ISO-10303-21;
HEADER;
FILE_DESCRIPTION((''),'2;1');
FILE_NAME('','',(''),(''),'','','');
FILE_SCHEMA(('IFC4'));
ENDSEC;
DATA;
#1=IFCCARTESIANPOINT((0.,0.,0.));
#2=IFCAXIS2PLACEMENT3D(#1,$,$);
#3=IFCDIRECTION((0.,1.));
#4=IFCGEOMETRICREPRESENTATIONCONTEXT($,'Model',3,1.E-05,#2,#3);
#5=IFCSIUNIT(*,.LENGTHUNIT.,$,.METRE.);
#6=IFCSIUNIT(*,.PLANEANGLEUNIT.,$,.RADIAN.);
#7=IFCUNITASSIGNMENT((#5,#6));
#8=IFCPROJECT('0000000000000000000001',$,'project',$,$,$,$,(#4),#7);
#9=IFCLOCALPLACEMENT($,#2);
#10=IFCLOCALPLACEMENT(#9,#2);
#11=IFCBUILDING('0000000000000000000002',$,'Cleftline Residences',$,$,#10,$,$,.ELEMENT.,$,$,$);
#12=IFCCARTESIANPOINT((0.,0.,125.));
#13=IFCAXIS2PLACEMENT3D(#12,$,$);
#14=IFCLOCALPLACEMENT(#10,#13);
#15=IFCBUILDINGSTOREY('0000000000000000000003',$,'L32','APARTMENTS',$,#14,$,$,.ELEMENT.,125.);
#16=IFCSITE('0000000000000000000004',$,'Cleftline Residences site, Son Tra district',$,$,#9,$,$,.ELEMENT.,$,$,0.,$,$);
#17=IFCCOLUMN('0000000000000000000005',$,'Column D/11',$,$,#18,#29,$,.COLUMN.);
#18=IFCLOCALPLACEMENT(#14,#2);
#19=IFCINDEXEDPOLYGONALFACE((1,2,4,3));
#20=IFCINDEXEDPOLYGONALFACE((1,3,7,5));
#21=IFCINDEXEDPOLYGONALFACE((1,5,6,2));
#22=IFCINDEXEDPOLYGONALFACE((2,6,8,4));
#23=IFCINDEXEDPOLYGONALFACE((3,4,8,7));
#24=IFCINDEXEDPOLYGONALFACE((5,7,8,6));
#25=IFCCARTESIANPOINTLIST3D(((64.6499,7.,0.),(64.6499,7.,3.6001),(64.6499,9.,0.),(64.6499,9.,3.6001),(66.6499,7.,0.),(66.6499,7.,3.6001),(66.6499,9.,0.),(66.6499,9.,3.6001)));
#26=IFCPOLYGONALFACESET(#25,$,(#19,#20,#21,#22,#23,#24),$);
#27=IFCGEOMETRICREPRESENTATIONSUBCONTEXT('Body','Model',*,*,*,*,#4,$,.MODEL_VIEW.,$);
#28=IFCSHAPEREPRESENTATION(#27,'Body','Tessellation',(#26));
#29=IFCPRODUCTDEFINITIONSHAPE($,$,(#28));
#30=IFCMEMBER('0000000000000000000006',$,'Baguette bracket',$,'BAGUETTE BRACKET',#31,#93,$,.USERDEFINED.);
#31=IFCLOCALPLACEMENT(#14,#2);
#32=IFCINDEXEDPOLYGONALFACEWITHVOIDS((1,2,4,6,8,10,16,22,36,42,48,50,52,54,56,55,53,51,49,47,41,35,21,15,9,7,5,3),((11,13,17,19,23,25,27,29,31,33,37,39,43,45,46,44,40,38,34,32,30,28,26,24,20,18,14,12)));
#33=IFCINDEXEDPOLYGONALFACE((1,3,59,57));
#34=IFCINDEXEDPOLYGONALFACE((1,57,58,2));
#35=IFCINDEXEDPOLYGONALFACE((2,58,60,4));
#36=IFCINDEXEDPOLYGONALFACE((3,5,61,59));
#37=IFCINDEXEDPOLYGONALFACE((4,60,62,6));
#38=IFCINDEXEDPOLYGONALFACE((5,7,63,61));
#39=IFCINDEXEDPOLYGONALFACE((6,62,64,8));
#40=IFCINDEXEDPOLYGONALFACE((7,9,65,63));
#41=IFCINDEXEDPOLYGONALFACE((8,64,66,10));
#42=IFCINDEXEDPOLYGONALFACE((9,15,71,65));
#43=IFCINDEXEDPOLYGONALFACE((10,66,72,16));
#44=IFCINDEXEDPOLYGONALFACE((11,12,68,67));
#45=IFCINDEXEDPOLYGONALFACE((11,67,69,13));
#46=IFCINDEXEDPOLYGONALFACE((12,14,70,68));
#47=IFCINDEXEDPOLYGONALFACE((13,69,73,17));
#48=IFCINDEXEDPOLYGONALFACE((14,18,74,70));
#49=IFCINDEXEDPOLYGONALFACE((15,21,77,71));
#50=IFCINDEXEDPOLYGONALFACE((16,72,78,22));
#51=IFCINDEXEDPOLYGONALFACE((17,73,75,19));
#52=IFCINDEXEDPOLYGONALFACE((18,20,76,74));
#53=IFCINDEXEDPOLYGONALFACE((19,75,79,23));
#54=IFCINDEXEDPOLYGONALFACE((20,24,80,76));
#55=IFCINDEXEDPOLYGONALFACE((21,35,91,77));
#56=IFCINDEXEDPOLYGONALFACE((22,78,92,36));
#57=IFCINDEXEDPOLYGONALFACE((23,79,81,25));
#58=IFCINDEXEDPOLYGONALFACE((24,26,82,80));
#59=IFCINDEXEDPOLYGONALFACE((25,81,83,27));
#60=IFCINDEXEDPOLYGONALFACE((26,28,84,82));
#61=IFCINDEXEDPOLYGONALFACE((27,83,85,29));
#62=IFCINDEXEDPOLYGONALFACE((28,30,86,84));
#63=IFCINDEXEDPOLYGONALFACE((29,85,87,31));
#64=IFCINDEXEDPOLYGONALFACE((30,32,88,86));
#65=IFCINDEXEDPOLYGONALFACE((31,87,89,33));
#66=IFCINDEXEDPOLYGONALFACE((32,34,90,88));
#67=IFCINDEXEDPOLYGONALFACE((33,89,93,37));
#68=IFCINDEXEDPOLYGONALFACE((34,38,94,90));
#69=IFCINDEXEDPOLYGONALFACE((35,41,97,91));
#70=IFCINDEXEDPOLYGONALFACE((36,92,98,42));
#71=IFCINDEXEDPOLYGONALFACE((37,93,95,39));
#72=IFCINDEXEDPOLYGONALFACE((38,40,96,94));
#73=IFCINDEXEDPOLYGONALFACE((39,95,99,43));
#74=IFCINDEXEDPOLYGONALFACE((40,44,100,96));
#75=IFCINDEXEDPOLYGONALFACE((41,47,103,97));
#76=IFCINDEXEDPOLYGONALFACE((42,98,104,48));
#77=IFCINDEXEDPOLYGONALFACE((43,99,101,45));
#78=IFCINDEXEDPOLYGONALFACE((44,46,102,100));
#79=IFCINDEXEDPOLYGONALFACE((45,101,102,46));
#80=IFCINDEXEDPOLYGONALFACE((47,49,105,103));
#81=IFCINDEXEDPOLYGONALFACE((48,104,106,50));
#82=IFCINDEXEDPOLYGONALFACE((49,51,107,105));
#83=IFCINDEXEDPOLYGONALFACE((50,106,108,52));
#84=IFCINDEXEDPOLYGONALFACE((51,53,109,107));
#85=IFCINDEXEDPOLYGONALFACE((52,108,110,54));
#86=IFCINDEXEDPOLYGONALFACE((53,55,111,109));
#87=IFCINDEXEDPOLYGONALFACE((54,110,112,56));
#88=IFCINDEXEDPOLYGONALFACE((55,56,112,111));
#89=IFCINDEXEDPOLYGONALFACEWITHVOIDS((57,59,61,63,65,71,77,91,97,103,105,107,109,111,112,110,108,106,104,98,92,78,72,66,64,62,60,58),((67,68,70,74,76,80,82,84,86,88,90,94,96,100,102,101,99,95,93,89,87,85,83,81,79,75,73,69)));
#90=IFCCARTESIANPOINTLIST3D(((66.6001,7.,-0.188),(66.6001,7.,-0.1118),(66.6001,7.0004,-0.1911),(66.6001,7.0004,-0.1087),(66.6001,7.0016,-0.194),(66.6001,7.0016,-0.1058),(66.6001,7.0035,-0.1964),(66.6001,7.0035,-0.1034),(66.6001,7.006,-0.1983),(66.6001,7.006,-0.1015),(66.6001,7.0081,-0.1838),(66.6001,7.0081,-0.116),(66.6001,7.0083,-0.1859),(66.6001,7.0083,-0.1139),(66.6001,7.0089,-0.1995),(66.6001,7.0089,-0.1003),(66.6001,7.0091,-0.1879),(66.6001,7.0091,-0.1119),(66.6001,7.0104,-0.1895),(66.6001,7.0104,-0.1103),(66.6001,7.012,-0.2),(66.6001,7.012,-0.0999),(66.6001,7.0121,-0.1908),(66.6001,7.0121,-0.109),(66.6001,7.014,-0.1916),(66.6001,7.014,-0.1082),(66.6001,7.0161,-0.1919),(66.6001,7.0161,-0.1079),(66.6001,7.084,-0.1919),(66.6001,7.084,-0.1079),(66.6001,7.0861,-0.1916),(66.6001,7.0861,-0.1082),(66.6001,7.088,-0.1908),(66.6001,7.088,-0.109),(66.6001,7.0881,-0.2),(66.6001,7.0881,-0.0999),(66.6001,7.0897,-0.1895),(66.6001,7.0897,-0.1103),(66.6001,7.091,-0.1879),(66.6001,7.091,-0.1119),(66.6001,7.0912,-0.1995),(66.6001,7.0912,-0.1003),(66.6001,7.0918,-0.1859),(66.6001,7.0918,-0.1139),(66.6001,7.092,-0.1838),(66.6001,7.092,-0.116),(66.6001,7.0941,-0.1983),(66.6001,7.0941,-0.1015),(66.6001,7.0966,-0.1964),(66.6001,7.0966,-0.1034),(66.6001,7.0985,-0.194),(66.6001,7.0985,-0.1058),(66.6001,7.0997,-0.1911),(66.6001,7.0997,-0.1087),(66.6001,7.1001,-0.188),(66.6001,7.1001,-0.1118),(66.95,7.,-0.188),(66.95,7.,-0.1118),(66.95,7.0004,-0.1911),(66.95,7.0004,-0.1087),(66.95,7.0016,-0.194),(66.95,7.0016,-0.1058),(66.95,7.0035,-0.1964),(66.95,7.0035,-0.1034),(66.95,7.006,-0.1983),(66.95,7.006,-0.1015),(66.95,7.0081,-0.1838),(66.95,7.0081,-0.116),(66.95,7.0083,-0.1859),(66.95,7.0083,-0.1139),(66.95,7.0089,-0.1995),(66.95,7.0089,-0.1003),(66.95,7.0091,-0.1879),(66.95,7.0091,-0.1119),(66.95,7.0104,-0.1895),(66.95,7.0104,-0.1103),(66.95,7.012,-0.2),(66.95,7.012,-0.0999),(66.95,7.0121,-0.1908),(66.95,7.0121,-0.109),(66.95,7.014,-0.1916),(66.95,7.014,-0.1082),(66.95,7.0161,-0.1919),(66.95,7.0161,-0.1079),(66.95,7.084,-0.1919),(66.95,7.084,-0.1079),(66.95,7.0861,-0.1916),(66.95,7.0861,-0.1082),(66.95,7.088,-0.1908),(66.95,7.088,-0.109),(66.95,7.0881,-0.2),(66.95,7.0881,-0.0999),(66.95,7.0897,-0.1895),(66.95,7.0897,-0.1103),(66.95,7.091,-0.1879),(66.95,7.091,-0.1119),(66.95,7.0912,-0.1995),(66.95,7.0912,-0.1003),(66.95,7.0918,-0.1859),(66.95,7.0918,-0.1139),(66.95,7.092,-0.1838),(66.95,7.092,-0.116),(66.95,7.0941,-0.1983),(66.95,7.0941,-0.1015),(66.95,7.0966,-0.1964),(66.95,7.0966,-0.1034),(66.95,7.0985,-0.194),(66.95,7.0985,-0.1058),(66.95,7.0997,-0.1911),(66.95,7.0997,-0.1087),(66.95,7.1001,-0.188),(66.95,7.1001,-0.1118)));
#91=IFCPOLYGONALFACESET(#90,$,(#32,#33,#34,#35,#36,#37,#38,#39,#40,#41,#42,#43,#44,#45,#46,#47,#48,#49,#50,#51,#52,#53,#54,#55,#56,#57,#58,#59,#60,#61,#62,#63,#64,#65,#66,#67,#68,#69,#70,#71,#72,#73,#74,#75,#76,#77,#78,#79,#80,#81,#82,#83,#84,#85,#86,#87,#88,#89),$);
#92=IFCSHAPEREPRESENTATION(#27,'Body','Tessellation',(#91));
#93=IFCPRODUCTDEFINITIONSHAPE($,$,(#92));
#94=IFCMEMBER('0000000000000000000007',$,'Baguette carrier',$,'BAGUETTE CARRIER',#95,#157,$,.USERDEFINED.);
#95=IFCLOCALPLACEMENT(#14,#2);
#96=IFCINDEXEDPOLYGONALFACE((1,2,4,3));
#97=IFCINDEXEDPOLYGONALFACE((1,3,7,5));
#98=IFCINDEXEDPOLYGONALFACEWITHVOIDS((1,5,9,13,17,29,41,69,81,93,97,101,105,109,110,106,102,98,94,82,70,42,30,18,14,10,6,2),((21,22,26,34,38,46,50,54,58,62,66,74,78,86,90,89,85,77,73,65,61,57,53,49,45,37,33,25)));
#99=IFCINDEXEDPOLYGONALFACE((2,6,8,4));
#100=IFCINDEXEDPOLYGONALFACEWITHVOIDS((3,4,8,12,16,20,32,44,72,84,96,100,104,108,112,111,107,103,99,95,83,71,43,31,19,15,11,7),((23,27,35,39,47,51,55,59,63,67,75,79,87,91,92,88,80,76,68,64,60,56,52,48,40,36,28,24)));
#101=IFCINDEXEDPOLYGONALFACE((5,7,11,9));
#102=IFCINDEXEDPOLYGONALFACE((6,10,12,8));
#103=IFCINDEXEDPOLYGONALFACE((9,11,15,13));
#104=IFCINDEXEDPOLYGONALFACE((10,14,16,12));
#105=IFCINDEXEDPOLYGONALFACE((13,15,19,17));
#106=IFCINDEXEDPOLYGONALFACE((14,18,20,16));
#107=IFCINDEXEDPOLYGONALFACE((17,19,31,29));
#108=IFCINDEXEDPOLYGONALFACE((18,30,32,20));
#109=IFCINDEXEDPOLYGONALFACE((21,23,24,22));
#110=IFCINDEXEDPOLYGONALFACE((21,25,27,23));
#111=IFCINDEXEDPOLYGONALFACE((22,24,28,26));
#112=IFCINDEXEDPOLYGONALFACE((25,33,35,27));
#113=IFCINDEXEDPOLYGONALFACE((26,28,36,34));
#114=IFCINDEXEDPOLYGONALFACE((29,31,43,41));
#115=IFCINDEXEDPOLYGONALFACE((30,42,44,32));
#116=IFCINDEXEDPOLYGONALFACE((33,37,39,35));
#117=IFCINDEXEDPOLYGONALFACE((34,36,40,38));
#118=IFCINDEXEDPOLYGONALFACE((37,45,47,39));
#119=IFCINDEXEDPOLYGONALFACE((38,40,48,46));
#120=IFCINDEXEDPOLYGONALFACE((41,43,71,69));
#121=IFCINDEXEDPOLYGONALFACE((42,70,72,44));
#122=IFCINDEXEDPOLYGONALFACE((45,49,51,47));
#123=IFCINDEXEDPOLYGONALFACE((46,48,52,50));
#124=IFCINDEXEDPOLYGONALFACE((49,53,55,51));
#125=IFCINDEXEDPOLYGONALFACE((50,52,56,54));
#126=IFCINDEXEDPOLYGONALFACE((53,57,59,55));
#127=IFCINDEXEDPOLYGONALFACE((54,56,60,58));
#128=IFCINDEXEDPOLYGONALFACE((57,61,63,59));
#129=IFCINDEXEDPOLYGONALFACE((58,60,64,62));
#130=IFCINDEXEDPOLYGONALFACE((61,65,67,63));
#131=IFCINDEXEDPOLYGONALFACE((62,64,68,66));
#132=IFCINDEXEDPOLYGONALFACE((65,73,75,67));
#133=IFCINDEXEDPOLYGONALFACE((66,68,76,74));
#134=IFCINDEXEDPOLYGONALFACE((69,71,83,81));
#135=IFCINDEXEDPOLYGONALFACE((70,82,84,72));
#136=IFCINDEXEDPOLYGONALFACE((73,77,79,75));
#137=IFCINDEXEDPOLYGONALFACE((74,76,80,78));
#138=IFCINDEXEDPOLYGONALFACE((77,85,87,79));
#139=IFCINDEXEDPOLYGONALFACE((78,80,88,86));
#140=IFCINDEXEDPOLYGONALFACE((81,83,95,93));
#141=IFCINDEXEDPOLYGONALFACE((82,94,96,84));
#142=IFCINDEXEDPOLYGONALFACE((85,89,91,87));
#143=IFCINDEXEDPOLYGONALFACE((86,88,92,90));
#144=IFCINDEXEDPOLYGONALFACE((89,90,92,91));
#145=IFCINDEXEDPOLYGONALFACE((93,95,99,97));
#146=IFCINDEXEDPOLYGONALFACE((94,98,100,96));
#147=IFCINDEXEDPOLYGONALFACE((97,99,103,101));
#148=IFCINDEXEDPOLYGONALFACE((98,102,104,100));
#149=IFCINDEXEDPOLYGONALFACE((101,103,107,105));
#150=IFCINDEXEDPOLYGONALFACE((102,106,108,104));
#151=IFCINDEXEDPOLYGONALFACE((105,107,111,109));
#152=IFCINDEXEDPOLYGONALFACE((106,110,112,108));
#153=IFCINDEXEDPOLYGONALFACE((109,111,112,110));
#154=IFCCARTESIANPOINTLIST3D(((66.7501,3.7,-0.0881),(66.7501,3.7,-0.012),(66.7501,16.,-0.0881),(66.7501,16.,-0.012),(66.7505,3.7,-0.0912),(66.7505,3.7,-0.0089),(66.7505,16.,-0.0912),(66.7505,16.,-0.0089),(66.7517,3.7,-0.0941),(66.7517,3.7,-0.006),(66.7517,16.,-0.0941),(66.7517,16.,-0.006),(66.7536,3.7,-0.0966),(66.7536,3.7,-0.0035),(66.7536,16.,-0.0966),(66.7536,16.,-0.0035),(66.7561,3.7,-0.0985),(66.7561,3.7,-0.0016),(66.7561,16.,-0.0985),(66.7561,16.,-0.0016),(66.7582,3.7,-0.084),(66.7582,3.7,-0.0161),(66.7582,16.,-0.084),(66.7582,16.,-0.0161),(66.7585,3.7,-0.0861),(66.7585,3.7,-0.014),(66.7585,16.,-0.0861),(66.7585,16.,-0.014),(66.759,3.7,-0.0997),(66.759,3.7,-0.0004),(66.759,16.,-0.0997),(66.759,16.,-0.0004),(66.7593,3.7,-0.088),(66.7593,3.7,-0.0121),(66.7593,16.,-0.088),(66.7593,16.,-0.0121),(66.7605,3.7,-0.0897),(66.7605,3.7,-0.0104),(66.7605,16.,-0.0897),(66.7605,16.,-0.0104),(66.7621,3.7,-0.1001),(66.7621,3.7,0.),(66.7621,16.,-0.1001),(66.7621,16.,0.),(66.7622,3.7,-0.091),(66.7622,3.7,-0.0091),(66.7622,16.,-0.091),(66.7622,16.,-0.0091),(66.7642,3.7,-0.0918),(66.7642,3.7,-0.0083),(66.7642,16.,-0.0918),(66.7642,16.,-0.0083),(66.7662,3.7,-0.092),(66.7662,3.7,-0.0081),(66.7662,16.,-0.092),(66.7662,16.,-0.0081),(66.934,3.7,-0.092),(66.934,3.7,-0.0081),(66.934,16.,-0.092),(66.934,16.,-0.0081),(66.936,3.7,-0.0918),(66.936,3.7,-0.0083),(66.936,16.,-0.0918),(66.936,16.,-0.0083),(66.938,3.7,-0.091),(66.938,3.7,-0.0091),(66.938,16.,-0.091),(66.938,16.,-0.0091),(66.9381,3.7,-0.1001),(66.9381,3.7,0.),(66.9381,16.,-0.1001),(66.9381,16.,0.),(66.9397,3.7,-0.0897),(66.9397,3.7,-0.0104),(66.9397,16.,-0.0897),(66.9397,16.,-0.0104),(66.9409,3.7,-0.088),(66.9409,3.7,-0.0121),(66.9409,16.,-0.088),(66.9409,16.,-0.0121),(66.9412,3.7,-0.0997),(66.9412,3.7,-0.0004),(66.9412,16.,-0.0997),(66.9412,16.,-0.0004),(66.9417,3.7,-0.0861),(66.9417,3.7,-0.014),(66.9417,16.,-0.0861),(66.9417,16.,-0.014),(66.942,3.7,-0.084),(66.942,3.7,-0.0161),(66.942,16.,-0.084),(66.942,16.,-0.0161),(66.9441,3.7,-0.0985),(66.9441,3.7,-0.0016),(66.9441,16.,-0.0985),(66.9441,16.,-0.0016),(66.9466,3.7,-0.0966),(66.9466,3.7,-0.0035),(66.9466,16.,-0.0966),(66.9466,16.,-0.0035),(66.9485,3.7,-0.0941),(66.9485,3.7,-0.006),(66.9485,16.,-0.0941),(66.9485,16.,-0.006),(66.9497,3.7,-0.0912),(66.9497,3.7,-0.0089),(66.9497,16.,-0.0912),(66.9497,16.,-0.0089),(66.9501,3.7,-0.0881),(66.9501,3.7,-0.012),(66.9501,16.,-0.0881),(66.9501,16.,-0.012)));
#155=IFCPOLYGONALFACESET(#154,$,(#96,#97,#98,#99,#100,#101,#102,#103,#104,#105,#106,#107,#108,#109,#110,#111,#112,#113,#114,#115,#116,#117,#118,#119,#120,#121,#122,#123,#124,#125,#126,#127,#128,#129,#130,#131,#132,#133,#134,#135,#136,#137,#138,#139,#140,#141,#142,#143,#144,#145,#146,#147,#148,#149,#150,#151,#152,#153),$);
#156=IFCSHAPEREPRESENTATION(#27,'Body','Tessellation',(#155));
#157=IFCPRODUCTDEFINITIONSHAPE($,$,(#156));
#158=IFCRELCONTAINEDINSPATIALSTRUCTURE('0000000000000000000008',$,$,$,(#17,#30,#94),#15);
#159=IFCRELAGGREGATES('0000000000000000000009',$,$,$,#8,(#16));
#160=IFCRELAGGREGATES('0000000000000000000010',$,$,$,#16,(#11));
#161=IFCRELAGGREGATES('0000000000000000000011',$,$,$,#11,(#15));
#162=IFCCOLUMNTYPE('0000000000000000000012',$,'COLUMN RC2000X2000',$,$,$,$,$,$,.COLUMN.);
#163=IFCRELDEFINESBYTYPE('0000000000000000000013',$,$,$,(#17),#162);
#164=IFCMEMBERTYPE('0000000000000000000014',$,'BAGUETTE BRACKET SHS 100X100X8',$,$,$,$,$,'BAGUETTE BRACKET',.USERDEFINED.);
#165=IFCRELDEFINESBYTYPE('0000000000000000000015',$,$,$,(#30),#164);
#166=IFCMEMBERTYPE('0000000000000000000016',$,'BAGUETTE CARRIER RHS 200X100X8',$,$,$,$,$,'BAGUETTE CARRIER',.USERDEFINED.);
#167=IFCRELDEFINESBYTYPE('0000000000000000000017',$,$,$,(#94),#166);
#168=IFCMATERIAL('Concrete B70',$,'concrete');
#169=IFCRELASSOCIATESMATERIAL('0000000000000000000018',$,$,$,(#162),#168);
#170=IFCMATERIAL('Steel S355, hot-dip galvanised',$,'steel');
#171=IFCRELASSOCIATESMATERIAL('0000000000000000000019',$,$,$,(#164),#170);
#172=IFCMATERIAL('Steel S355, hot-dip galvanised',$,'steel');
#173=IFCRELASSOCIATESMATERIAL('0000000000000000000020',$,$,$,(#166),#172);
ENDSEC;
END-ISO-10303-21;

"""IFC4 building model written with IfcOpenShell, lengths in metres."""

from ifc_helpers import new_model, si_unit, direction, frame, origin, origin_2d, place, context, subcontext, project, spatial, rectangle, hollow_rectangle, extrude, material, material_profile, profile_set, type_object, element, save


model = new_model("IFC4")

# Units and contexts
model_context = context("Model", 3, precision=1e-05, world=origin(), true_north=direction((0.0, 1.0)))
body_context = subcontext(model_context, "Body", "Model", "MODEL_VIEW")
ifc_project = project(units=[si_unit("LENGTHUNIT", "METRE"), si_unit("PLANEANGLEUNIT", "RADIAN")], contexts=[model_context])

# Site, building, storey
site_placement = place(None, origin())
site = spatial("IfcSite", under=ifc_project, at=site_placement, Name="Cleftline Residences site, Son Tra district", CompositionType="ELEMENT", RefElevation=0.0)
building_placement = place(site_placement, origin())
building = spatial("IfcBuilding", under=site, at=building_placement, Name="Cleftline Residences", CompositionType="ELEMENT")
storey_placement = place(building_placement, frame((0.0, 0.0, 125.0)))
storey = spatial("IfcBuildingStorey", under=building, at=storey_placement, Name="L32", Description="APARTMENTS", CompositionType="ELEMENT", Elevation=125.0)

# Column
ifc_material_1 = material(Name="Concrete B70", Category="concrete")
ifc_material_profile_1 = material_profile(ifc_material_1, rectangle(XDim=2.0, YDim=2.0, at=origin_2d()))
ifc_profile_set_1 = profile_set([ifc_material_profile_1], Name="Concrete B70")
column_type = type_object("IfcColumnType", Name="COLUMN RC2000X2000", PredefinedType="COLUMN", material=ifc_profile_set_1)
column_placement = place(storey_placement, frame((65.6499, 8.0, 0.0), z_axis=(0.0, 0.0, 1.0), x_axis=(1.0, 0.0, 0.0)))
element("IfcColumn", 1, at=column_placement, inside=storey, type_object=column_type, Name="Column D/11", PredefinedType="COLUMN", context=body_context, shape_type="SweptSolid", body=[
    extrude(rectangle(XDim=2.0, YDim=2.0, at=origin_2d()), origin(), (0.0, 0.0, 1.0), 3.6001),
])

# Members
ifc_material_2 = material(Name="Steel S355, hot-dip galvanised", Category="steel")
ifc_material_profile_2 = material_profile(ifc_material_2, hollow_rectangle(XDim=0.1001, YDim=0.1001, WallThickness=0.0081, InnerFilletRadius=0.0081, OuterFilletRadius=0.012, at=origin_2d()))
ifc_profile_set_2 = profile_set([ifc_material_profile_2], Name="Steel S355, hot-dip galvanised")
member_type_1 = type_object("IfcMemberType", Name="BAGUETTE BRACKET SHS 100X100X8", ElementType="BAGUETTE BRACKET", PredefinedType="USERDEFINED", material=ifc_profile_set_2)
member_1_placement = place(storey_placement, frame((66.6001, 7.05, -0.1499), z_axis=(1.0, 0.0, 0.0), x_axis=(0.0, 1.0, 0.0)))
element("IfcMember", 2, at=member_1_placement, inside=storey, type_object=member_type_1, Name="Baguette bracket", ObjectType="BAGUETTE BRACKET", PredefinedType="USERDEFINED", context=body_context, shape_type="SweptSolid", body=[
    extrude(hollow_rectangle(XDim=0.1001, YDim=0.1001, WallThickness=0.0081, InnerFilletRadius=0.0081, OuterFilletRadius=0.012, at=origin_2d()), origin(), (0.0, 0.0, 1.0), 0.3499),
])
ifc_material_3 = material(Name="Steel S355, hot-dip galvanised", Category="steel")
ifc_material_profile_3 = material_profile(ifc_material_3, hollow_rectangle(XDim=0.1001, YDim=0.2, WallThickness=0.0081, InnerFilletRadius=0.0081, OuterFilletRadius=0.012, at=origin_2d()))
ifc_profile_set_3 = profile_set([ifc_material_profile_3], Name="Steel S355, hot-dip galvanised")
member_type_2 = type_object("IfcMemberType", Name="BAGUETTE CARRIER RHS 200X100X8", ElementType="BAGUETTE CARRIER", PredefinedType="USERDEFINED", material=ifc_profile_set_3)
member_2_placement = place(storey_placement, frame((66.8501, 3.7, -0.05), z_axis=(0.0, 1.0, 0.0), x_axis=(0.0, 0.0, 1.0)))
element("IfcMember", 3, at=member_2_placement, inside=storey, type_object=member_type_2, Name="Baguette carrier", ObjectType="BAGUETTE CARRIER", PredefinedType="USERDEFINED", context=body_context, shape_type="SweptSolid", body=[
    extrude(hollow_rectangle(XDim=0.1001, YDim=0.2, WallThickness=0.0081, InnerFilletRadius=0.0081, OuterFilletRadius=0.012, at=origin_2d()), origin(), (0.0, 0.0, 1.0), 12.3),
])

save(model, "model.ifc")
